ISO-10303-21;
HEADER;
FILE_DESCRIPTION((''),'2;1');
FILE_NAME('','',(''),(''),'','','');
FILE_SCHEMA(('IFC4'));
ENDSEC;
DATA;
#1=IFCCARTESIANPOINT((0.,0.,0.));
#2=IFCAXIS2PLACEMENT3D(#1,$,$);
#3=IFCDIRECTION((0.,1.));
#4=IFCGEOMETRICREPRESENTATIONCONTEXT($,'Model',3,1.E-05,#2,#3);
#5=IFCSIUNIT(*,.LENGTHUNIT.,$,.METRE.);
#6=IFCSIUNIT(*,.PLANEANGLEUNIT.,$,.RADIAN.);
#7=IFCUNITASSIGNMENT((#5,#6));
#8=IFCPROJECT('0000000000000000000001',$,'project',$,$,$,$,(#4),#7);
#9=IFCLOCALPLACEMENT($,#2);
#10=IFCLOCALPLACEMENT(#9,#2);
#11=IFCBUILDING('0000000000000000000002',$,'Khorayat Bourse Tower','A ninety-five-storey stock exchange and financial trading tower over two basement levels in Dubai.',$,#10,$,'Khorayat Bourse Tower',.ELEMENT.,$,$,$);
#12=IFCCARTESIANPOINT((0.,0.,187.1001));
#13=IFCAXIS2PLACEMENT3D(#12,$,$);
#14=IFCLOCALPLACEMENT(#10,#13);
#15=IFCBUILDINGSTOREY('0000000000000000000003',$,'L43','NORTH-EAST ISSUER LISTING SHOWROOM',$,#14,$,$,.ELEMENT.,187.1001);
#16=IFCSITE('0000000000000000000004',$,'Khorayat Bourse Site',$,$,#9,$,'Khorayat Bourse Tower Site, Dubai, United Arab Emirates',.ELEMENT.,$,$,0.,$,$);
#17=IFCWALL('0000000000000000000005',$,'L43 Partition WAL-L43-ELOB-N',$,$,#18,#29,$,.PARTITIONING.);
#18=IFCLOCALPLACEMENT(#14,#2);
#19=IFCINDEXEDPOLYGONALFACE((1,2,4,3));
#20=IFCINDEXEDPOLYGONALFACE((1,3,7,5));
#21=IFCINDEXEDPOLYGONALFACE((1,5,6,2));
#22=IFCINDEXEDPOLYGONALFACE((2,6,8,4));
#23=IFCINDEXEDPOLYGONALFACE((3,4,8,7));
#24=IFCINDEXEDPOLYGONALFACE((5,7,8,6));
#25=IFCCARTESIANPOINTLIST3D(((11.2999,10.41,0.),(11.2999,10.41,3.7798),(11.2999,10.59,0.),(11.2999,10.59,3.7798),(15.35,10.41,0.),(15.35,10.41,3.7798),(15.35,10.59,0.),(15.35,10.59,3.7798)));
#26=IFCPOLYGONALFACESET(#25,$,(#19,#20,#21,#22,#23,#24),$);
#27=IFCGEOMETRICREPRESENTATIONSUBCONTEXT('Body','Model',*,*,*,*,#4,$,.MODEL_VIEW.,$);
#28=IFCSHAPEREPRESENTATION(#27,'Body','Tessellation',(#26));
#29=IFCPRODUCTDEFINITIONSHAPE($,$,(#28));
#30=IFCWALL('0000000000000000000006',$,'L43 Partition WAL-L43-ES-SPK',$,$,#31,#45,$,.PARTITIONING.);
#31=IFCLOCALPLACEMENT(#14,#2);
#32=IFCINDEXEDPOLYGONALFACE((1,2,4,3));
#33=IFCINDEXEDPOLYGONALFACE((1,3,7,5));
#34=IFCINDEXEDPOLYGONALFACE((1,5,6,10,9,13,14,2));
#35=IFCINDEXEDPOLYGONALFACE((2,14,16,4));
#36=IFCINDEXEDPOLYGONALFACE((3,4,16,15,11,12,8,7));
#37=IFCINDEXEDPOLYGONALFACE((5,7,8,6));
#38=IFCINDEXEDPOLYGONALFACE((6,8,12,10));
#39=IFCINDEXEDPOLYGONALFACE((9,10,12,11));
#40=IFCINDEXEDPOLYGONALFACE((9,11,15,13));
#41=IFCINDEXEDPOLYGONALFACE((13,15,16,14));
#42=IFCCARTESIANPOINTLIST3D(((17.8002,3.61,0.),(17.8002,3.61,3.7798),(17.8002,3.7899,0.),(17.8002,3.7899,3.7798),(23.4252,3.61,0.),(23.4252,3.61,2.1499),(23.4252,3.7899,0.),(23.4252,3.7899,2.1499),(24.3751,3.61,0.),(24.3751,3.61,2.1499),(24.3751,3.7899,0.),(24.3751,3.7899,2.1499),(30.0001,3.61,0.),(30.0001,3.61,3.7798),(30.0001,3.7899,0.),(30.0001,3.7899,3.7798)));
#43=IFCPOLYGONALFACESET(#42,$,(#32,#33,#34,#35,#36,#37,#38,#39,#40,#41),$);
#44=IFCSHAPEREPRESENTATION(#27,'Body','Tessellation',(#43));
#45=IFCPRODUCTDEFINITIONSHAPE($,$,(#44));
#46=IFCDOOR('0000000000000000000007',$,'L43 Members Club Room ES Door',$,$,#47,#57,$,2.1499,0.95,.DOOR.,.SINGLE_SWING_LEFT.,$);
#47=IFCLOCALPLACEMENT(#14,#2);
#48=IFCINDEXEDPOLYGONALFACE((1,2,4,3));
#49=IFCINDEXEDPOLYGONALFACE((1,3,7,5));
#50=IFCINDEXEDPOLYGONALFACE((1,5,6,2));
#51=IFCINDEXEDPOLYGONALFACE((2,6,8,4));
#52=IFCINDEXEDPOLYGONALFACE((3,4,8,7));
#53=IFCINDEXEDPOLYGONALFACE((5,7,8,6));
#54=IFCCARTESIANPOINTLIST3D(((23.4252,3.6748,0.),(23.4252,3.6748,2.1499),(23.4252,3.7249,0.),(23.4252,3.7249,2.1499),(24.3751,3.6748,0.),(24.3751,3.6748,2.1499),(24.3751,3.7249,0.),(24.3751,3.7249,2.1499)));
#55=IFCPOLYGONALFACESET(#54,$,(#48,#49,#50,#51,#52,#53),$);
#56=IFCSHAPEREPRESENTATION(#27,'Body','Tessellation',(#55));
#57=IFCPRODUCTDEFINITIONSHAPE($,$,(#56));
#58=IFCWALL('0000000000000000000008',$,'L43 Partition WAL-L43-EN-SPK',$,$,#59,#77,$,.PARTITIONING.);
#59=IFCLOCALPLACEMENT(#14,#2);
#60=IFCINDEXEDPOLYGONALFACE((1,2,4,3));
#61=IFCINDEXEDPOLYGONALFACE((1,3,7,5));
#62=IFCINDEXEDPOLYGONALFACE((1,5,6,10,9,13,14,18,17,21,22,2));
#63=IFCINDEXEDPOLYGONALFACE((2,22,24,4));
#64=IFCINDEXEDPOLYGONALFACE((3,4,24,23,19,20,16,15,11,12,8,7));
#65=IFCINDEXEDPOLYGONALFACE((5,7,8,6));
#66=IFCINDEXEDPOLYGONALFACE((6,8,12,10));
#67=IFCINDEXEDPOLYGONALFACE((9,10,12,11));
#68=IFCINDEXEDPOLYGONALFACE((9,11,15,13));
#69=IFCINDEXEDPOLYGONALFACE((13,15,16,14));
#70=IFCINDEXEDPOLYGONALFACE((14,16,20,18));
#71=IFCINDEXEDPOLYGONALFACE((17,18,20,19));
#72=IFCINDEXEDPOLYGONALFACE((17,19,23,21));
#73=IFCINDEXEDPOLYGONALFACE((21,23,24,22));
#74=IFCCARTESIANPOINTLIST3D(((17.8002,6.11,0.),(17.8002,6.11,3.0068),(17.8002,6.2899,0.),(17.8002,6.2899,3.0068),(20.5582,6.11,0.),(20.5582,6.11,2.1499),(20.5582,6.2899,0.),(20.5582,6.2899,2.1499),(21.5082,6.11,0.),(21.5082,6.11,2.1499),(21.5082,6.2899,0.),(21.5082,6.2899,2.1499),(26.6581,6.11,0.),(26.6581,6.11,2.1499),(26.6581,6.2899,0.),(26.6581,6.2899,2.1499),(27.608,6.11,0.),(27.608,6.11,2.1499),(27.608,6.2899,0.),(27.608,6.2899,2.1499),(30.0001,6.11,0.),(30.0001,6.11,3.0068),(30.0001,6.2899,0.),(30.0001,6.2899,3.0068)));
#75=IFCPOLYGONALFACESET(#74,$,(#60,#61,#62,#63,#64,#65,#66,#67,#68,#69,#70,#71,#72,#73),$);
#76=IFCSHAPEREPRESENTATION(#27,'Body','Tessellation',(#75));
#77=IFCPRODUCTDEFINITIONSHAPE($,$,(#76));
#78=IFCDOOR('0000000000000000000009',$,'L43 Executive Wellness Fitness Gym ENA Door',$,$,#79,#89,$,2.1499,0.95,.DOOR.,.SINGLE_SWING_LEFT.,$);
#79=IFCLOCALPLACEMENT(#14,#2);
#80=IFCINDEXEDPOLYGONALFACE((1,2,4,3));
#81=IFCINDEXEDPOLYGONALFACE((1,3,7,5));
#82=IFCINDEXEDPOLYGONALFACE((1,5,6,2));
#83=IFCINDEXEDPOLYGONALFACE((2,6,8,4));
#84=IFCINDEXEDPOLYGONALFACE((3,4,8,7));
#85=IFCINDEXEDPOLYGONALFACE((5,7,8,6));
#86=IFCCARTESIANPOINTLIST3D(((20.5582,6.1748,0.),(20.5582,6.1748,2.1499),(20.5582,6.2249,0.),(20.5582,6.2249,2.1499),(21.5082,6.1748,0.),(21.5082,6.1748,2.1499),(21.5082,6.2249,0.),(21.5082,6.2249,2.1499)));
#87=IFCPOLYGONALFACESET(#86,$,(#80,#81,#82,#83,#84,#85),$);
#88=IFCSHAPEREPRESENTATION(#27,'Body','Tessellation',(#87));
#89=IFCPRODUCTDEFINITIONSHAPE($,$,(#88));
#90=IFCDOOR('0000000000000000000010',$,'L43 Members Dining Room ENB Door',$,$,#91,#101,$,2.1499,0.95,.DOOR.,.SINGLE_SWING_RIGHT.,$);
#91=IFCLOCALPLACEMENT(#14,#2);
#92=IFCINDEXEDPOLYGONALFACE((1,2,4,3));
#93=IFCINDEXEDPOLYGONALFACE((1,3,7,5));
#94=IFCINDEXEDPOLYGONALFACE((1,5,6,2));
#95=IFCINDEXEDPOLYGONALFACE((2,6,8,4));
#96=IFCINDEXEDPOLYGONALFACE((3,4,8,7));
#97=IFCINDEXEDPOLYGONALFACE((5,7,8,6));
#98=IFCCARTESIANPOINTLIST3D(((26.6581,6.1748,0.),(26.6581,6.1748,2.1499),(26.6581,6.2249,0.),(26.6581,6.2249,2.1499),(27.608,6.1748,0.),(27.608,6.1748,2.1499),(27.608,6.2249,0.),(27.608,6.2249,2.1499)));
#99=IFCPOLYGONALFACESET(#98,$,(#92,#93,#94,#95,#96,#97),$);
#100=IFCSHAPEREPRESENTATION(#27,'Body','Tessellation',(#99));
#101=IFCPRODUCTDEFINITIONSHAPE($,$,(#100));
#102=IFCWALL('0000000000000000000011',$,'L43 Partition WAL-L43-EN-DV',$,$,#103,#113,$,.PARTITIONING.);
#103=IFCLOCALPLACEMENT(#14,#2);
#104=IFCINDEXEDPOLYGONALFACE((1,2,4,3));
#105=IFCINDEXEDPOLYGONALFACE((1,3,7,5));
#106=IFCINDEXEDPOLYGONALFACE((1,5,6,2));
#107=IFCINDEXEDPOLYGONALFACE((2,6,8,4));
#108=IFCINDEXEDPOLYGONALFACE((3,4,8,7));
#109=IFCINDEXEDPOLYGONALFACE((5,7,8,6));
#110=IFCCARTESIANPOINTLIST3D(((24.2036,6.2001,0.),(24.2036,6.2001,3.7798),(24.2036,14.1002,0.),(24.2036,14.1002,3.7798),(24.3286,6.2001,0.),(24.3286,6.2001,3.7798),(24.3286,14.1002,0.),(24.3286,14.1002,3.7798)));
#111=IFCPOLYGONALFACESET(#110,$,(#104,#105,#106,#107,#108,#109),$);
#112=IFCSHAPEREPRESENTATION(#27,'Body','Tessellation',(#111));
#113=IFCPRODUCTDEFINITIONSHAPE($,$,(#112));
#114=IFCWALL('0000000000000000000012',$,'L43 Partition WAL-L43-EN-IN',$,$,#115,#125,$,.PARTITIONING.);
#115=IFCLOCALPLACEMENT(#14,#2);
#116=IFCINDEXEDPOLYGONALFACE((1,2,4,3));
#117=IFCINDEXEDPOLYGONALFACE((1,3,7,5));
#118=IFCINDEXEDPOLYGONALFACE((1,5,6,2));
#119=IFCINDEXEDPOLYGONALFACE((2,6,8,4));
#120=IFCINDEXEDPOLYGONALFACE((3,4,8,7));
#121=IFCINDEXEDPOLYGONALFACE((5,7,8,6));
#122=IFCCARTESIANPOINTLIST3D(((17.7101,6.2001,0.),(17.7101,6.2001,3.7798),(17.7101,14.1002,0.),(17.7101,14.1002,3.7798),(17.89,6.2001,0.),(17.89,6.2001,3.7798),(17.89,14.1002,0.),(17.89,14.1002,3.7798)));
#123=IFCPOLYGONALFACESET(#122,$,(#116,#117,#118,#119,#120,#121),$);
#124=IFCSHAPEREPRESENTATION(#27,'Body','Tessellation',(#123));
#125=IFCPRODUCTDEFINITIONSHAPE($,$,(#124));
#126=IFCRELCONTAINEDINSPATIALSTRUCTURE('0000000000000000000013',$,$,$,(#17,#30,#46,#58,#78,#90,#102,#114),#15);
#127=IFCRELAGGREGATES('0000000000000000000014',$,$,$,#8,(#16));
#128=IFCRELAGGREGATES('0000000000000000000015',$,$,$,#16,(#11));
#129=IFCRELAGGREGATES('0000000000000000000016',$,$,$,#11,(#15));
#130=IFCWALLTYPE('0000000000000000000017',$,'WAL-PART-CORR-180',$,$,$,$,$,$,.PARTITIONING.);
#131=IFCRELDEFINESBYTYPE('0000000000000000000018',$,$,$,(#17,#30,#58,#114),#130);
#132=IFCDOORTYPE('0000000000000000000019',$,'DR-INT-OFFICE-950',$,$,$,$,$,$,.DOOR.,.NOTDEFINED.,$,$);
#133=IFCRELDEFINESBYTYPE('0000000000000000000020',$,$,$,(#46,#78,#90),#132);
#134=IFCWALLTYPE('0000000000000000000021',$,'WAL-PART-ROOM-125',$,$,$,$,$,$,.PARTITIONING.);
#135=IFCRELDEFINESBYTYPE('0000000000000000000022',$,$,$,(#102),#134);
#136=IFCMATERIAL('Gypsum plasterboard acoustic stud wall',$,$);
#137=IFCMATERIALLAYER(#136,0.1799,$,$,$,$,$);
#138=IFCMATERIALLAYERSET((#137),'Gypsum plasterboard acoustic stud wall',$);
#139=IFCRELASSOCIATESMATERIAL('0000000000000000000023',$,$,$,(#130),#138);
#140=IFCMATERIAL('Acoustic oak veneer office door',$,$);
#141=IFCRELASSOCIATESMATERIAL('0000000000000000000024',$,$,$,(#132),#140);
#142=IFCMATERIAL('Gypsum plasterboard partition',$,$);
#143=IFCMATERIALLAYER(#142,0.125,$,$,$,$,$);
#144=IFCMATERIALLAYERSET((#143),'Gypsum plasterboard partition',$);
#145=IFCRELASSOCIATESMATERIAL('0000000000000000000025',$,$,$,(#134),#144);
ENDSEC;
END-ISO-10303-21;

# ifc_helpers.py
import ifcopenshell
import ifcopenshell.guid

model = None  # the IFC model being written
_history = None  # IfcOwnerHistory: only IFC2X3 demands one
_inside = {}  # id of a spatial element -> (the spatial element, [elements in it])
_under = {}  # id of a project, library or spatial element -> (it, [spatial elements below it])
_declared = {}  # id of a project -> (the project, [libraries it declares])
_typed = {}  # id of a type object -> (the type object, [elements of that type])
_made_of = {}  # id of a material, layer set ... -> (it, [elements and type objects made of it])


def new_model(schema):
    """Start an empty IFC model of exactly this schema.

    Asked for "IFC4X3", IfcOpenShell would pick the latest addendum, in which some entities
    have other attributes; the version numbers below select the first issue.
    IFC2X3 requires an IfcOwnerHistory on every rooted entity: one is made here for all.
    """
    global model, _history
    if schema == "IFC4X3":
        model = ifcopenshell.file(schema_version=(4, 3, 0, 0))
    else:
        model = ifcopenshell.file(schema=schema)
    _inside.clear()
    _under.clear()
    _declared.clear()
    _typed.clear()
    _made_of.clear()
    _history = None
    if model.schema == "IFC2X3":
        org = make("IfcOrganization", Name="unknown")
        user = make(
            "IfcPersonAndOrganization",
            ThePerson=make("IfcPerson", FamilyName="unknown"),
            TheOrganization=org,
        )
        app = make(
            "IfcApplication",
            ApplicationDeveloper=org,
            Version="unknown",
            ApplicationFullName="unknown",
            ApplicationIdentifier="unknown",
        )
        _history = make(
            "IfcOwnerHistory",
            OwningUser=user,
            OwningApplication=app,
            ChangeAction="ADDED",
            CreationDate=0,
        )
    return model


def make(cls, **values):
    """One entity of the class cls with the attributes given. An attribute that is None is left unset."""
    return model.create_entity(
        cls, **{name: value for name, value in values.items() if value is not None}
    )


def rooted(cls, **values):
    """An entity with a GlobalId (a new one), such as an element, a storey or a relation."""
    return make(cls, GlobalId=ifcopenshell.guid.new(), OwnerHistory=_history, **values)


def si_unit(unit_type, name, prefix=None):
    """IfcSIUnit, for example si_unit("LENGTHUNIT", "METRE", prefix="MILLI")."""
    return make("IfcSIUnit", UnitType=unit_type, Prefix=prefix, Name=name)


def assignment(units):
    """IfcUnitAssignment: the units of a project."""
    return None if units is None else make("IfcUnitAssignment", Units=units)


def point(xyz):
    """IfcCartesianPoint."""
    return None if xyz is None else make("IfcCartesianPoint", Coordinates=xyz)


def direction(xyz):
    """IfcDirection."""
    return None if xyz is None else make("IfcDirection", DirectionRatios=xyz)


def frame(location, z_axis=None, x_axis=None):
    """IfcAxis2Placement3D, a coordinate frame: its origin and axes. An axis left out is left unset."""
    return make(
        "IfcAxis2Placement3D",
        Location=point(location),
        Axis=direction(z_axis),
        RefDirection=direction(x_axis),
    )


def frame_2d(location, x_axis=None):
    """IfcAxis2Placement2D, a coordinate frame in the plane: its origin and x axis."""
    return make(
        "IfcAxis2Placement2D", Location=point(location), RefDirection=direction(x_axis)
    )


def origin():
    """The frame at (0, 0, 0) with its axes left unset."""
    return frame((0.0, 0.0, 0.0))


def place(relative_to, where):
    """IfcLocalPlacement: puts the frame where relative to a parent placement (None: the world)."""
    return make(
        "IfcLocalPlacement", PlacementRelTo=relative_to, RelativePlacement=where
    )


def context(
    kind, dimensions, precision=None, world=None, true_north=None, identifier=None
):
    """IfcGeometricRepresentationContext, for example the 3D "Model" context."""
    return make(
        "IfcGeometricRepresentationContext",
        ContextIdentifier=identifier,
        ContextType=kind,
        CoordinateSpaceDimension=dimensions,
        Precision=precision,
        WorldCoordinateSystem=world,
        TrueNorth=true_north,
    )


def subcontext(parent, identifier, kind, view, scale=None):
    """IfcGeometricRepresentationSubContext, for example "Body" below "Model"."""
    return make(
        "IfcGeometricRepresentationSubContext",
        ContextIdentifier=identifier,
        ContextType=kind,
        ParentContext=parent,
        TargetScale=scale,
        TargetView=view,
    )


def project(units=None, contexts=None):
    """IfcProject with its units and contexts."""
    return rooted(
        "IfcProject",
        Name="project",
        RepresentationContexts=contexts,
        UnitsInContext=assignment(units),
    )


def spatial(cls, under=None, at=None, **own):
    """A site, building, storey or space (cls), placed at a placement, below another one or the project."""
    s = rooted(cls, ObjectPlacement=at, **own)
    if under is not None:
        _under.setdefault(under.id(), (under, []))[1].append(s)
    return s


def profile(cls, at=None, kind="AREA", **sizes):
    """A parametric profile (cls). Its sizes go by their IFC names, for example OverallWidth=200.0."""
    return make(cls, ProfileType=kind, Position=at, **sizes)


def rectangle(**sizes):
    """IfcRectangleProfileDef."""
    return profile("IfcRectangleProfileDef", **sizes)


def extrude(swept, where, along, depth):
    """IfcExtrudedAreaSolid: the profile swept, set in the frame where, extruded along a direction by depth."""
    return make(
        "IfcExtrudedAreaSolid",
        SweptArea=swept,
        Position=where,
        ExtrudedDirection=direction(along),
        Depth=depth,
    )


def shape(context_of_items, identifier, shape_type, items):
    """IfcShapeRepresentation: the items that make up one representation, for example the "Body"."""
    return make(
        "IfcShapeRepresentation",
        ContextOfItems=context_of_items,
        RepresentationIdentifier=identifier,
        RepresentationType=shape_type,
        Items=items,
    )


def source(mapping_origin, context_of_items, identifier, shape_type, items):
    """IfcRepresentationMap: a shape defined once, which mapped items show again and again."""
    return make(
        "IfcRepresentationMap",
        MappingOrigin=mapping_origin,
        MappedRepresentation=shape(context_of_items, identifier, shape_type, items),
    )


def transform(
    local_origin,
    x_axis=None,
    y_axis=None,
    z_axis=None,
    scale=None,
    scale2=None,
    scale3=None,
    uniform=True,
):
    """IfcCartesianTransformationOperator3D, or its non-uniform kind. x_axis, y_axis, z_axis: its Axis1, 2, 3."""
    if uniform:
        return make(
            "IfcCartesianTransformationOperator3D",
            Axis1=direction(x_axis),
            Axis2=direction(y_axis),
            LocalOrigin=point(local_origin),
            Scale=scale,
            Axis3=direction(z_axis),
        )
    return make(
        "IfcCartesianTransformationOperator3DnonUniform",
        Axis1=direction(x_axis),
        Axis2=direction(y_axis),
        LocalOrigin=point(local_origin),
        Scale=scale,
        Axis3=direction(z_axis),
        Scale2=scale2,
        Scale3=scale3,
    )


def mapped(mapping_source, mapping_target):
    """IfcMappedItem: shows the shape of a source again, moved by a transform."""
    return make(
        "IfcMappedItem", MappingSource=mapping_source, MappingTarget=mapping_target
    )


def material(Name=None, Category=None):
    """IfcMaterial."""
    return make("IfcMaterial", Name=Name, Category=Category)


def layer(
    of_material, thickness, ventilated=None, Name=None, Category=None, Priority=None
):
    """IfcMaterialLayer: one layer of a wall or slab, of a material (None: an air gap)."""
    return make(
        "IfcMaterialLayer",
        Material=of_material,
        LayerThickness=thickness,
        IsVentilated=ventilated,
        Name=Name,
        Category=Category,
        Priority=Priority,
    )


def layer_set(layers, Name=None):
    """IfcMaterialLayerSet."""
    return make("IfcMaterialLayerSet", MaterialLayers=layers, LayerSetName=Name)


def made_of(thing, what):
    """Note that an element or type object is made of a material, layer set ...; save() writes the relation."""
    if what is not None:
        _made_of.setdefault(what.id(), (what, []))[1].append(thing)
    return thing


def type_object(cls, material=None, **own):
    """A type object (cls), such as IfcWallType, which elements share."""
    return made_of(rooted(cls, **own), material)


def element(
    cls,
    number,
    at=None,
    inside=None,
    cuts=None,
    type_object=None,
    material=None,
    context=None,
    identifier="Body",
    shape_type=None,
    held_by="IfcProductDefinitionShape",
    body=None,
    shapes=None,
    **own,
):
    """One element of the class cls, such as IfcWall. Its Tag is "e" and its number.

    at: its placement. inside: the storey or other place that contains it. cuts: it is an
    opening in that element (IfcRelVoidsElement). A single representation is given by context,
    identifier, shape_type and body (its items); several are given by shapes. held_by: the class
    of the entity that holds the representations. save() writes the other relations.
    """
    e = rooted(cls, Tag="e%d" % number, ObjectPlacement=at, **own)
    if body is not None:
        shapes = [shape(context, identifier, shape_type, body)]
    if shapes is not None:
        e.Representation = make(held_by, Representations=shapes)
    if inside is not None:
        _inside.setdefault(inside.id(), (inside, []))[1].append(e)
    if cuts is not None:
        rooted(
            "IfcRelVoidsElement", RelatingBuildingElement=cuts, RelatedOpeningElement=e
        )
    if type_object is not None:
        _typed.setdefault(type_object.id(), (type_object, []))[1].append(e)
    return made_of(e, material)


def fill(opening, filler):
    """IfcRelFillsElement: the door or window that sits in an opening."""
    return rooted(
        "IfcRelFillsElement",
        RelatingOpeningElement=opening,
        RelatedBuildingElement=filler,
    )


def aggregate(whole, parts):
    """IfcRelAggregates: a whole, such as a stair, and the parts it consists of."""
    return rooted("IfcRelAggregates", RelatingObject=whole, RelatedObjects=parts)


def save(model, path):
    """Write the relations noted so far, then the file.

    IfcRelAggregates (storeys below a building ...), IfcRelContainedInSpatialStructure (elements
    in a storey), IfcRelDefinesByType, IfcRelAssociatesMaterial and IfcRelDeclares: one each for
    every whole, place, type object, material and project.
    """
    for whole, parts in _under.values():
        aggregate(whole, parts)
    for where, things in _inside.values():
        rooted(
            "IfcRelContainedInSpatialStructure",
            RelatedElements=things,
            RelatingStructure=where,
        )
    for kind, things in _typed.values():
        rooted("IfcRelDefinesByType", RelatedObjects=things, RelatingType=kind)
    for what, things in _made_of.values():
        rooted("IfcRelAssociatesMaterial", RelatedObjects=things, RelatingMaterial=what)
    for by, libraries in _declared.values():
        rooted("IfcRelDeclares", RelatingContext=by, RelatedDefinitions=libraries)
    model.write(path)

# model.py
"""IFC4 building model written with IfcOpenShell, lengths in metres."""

from ifc_helpers import new_model, si_unit, direction, frame, frame_2d, origin, place, context, subcontext, project, spatial, rectangle, extrude, source, transform, mapped, material, layer, layer_set, type_object, element, fill, save


model = new_model("IFC4")

# Units and contexts
model_context = context("Model", 3, precision=1e-05, world=origin(), true_north=direction((0.0, 1.0)))
body_context = subcontext(model_context, "Body", "Model", "MODEL_VIEW")
ifc_project = project(units=[si_unit("LENGTHUNIT", "METRE"), si_unit("PLANEANGLEUNIT", "RADIAN")], contexts=[model_context])

# Site, building, storey
site_placement = place(None, origin())
site = spatial("IfcSite", under=ifc_project, at=site_placement, Name="Khorayat Bourse Site", LongName="Khorayat Bourse Tower Site, Dubai, United Arab Emirates", CompositionType="ELEMENT", RefElevation=0.0)
building_placement = place(site_placement, origin())
building = spatial("IfcBuilding", under=site, at=building_placement, Name="Khorayat Bourse Tower", Description="A ninety-five-storey stock exchange and financial trading tower over two basement levels in Dubai.", LongName="Khorayat Bourse Tower", CompositionType="ELEMENT")
storey_placement = place(building_placement, frame((0.0, 0.0, 187.1001)))
storey = spatial("IfcBuildingStorey", under=building, at=storey_placement, Name="L43", Description="NORTH-EAST ISSUER LISTING SHOWROOM", CompositionType="ELEMENT", Elevation=187.1001)

# Wall
ifc_material_1 = material(Name="Gypsum plasterboard acoustic stud wall")
ifc_layer_1 = layer(ifc_material_1, 0.1799)
ifc_layer_set_1 = layer_set([ifc_layer_1], Name="Gypsum plasterboard acoustic stud wall")
wall_type_1 = type_object("IfcWallType", Name="WAL-PART-CORR-180", PredefinedType="PARTITIONING", material=ifc_layer_set_1)
shared_shape_1 = source(origin(), body_context, "Body", "SweptSolid", [
    extrude(rectangle(XDim=4.05, YDim=0.1799, at=frame_2d((2.0249, 0.0))), origin(), (0.0, 0.0, 1.0), 3.7798),
])
wall_1_placement = place(storey_placement, frame((11.3, 10.5, 0.0), z_axis=(0.0, 0.0, 1.0), x_axis=(1.0, 0.0, 0.0)))
element("IfcWall", 1, at=wall_1_placement, inside=storey, type_object=wall_type_1, Name="L43 Partition WAL-L43-ELOB-N", PredefinedType="PARTITIONING", context=body_context, shape_type="MappedRepresentation", body=[
    mapped(shared_shape_1, transform((0.0, 0.0, 0.0), scale=1.0)),
])

# Wall, opening, door
shared_shape_2 = source(origin(), body_context, "Body", "SweptSolid", [
    extrude(rectangle(XDim=12.2, YDim=0.1799, at=frame_2d((6.1001, 0.0))), origin(), (0.0, 0.0, 1.0), 3.7798),
])
wall_2_placement = place(storey_placement, frame((17.8, 3.7, 0.0), z_axis=(0.0, 0.0, 1.0), x_axis=(1.0, 0.0, 0.0)))
wall_2 = element("IfcWall", 2, at=wall_2_placement, inside=storey, type_object=wall_type_1, Name="L43 Partition WAL-L43-ES-SPK", PredefinedType="PARTITIONING", context=body_context, shape_type="MappedRepresentation", body=[
    mapped(shared_shape_2, transform((0.0, 0.0, 0.0), scale=1.0)),
])
shared_shape_3 = source(origin(), body_context, "Body", "SweptSolid", [
    extrude(rectangle(XDim=0.95, YDim=2.1499, at=frame_2d((0.4751, 1.075))), frame((0.0, 0.0999, 0.0), z_axis=(0.0, -1.0, 0.0), x_axis=(1.0, 0.0, 0.0)), (0.0, 0.0, 1.0), 0.2),
])
opening_1_placement = place(wall_2_placement, frame((5.625, 0.0, 0.0)))
opening_1 = element("IfcOpeningElement", 3, at=opening_1_placement, cuts=wall_2, PredefinedType="OPENING", context=body_context, shape_type="MappedRepresentation", body=[
    mapped(shared_shape_3, transform((0.0, 0.0, 0.0), scale=1.0)),
])
ifc_material_2 = material(Name="Acoustic oak veneer office door")
door_type = type_object("IfcDoorType", Name="DR-INT-OFFICE-950", OperationType="NOTDEFINED", PredefinedType="DOOR", material=ifc_material_2)
shared_shape_4 = source(origin(), body_context, "Body", "SweptSolid", [
    extrude(rectangle(XDim=0.95, YDim=2.1499, at=frame_2d((0.4751, 1.075))), frame((0.0, 0.0249, 0.0), z_axis=(0.0, -1.0, 0.0), x_axis=(1.0, 0.0, 0.0)), (0.0, 0.0, 1.0), 0.05),
])
door_1_placement = place(opening_1_placement, origin())
door_1 = element("IfcDoor", 4, at=door_1_placement, inside=storey, type_object=door_type, Name="L43 Members Club Room ES Door", OperationType="SINGLE_SWING_LEFT", OverallHeight=2.1499, OverallWidth=0.95, PredefinedType="DOOR", context=body_context, shape_type="MappedRepresentation", body=[
    mapped(shared_shape_4, transform((0.0, 0.0, 0.0), scale=1.0)),
])
fill(opening_1, door_1)

# Wall, openings, doors
shared_shape_5 = source(origin(), body_context, "Body", "SweptSolid", [
    extrude(rectangle(XDim=12.2, YDim=0.1799, at=frame_2d((6.1001, 0.0))), origin(), (0.0, 0.0, 1.0), 3.0068),
])
wall_3_placement = place(storey_placement, frame((17.8, 6.2, 0.0), z_axis=(0.0, 0.0, 1.0), x_axis=(1.0, 0.0, 0.0)))
wall_3 = element("IfcWall", 5, at=wall_3_placement, inside=storey, type_object=wall_type_1, Name="L43 Partition WAL-L43-EN-SPK", PredefinedType="PARTITIONING", context=body_context, shape_type="MappedRepresentation", body=[
    mapped(shared_shape_5, transform((0.0, 0.0, 0.0), scale=1.0)),
])
opening_2_placement = place(wall_3_placement, frame((2.7581, 0.0, 0.0)))
opening_2 = element("IfcOpeningElement", 6, at=opening_2_placement, cuts=wall_3, PredefinedType="OPENING", context=body_context, shape_type="MappedRepresentation", body=[
    mapped(shared_shape_3, transform((0.0, 0.0, 0.0), scale=1.0)),
])
opening_3_placement = place(wall_3_placement, frame((8.8579, 0.0, 0.0)))
opening_3 = element("IfcOpeningElement", 7, at=opening_3_placement, cuts=wall_3, PredefinedType="OPENING", context=body_context, shape_type="MappedRepresentation", body=[
    mapped(shared_shape_3, transform((0.0, 0.0, 0.0), scale=1.0)),
])
door_2_placement = place(opening_2_placement, origin())
door_2 = element("IfcDoor", 8, at=door_2_placement, inside=storey, type_object=door_type, Name="L43 Executive Wellness Fitness Gym ENA Door", OperationType="SINGLE_SWING_LEFT", OverallHeight=2.1499, OverallWidth=0.95, PredefinedType="DOOR", context=body_context, shape_type="MappedRepresentation", body=[
    mapped(shared_shape_4, transform((0.0, 0.0, 0.0), scale=1.0)),
])
fill(opening_2, door_2)
door_3_placement = place(opening_3_placement, origin())
door_3 = element("IfcDoor", 9, at=door_3_placement, inside=storey, type_object=door_type, Name="L43 Members Dining Room ENB Door", OperationType="SINGLE_SWING_RIGHT", OverallHeight=2.1499, OverallWidth=0.95, PredefinedType="DOOR", context=body_context, shape_type="MappedRepresentation", body=[
    mapped(shared_shape_4, transform((0.0, 0.0, 0.0), scale=1.0)),
])
fill(opening_3, door_3)

# Walls
ifc_material_3 = material(Name="Gypsum plasterboard partition")
ifc_layer_2 = layer(ifc_material_3, 0.125)
ifc_layer_set_2 = layer_set([ifc_layer_2], Name="Gypsum plasterboard partition")
wall_type_2 = type_object("IfcWallType", Name="WAL-PART-ROOM-125", PredefinedType="PARTITIONING", material=ifc_layer_set_2)
shared_shape_6 = source(origin(), body_context, "Body", "SweptSolid", [
    extrude(rectangle(XDim=7.9001, YDim=0.125, at=frame_2d((3.9502, 0.0))), origin(), (0.0, 0.0, 1.0), 3.7798),
])
wall_4_placement = place(storey_placement, frame((24.2661, 6.2, 0.0), z_axis=(0.0, 0.0, 1.0), x_axis=(0.0, 1.0, 0.0)))
element("IfcWall", 10, at=wall_4_placement, inside=storey, type_object=wall_type_2, Name="L43 Partition WAL-L43-EN-DV", PredefinedType="PARTITIONING", context=body_context, shape_type="MappedRepresentation", body=[
    mapped(shared_shape_6, transform((0.0, 0.0, 0.0), scale=1.0)),
])
shared_shape_7 = source(origin(), body_context, "Body", "SweptSolid", [
    extrude(rectangle(XDim=7.9001, YDim=0.1799, at=frame_2d((3.9502, 0.0))), origin(), (0.0, 0.0, 1.0), 3.7798),
])
wall_5_placement = place(storey_placement, frame((17.8, 6.2, 0.0), z_axis=(0.0, 0.0, 1.0), x_axis=(0.0, 1.0, 0.0)))
element("IfcWall", 11, at=wall_5_placement, inside=storey, type_object=wall_type_1, Name="L43 Partition WAL-L43-EN-IN", PredefinedType="PARTITIONING", context=body_context, shape_type="MappedRepresentation", body=[
    mapped(shared_shape_7, transform((0.0, 0.0, 0.0), scale=1.0)),
])

save(model, "model.ifc")
